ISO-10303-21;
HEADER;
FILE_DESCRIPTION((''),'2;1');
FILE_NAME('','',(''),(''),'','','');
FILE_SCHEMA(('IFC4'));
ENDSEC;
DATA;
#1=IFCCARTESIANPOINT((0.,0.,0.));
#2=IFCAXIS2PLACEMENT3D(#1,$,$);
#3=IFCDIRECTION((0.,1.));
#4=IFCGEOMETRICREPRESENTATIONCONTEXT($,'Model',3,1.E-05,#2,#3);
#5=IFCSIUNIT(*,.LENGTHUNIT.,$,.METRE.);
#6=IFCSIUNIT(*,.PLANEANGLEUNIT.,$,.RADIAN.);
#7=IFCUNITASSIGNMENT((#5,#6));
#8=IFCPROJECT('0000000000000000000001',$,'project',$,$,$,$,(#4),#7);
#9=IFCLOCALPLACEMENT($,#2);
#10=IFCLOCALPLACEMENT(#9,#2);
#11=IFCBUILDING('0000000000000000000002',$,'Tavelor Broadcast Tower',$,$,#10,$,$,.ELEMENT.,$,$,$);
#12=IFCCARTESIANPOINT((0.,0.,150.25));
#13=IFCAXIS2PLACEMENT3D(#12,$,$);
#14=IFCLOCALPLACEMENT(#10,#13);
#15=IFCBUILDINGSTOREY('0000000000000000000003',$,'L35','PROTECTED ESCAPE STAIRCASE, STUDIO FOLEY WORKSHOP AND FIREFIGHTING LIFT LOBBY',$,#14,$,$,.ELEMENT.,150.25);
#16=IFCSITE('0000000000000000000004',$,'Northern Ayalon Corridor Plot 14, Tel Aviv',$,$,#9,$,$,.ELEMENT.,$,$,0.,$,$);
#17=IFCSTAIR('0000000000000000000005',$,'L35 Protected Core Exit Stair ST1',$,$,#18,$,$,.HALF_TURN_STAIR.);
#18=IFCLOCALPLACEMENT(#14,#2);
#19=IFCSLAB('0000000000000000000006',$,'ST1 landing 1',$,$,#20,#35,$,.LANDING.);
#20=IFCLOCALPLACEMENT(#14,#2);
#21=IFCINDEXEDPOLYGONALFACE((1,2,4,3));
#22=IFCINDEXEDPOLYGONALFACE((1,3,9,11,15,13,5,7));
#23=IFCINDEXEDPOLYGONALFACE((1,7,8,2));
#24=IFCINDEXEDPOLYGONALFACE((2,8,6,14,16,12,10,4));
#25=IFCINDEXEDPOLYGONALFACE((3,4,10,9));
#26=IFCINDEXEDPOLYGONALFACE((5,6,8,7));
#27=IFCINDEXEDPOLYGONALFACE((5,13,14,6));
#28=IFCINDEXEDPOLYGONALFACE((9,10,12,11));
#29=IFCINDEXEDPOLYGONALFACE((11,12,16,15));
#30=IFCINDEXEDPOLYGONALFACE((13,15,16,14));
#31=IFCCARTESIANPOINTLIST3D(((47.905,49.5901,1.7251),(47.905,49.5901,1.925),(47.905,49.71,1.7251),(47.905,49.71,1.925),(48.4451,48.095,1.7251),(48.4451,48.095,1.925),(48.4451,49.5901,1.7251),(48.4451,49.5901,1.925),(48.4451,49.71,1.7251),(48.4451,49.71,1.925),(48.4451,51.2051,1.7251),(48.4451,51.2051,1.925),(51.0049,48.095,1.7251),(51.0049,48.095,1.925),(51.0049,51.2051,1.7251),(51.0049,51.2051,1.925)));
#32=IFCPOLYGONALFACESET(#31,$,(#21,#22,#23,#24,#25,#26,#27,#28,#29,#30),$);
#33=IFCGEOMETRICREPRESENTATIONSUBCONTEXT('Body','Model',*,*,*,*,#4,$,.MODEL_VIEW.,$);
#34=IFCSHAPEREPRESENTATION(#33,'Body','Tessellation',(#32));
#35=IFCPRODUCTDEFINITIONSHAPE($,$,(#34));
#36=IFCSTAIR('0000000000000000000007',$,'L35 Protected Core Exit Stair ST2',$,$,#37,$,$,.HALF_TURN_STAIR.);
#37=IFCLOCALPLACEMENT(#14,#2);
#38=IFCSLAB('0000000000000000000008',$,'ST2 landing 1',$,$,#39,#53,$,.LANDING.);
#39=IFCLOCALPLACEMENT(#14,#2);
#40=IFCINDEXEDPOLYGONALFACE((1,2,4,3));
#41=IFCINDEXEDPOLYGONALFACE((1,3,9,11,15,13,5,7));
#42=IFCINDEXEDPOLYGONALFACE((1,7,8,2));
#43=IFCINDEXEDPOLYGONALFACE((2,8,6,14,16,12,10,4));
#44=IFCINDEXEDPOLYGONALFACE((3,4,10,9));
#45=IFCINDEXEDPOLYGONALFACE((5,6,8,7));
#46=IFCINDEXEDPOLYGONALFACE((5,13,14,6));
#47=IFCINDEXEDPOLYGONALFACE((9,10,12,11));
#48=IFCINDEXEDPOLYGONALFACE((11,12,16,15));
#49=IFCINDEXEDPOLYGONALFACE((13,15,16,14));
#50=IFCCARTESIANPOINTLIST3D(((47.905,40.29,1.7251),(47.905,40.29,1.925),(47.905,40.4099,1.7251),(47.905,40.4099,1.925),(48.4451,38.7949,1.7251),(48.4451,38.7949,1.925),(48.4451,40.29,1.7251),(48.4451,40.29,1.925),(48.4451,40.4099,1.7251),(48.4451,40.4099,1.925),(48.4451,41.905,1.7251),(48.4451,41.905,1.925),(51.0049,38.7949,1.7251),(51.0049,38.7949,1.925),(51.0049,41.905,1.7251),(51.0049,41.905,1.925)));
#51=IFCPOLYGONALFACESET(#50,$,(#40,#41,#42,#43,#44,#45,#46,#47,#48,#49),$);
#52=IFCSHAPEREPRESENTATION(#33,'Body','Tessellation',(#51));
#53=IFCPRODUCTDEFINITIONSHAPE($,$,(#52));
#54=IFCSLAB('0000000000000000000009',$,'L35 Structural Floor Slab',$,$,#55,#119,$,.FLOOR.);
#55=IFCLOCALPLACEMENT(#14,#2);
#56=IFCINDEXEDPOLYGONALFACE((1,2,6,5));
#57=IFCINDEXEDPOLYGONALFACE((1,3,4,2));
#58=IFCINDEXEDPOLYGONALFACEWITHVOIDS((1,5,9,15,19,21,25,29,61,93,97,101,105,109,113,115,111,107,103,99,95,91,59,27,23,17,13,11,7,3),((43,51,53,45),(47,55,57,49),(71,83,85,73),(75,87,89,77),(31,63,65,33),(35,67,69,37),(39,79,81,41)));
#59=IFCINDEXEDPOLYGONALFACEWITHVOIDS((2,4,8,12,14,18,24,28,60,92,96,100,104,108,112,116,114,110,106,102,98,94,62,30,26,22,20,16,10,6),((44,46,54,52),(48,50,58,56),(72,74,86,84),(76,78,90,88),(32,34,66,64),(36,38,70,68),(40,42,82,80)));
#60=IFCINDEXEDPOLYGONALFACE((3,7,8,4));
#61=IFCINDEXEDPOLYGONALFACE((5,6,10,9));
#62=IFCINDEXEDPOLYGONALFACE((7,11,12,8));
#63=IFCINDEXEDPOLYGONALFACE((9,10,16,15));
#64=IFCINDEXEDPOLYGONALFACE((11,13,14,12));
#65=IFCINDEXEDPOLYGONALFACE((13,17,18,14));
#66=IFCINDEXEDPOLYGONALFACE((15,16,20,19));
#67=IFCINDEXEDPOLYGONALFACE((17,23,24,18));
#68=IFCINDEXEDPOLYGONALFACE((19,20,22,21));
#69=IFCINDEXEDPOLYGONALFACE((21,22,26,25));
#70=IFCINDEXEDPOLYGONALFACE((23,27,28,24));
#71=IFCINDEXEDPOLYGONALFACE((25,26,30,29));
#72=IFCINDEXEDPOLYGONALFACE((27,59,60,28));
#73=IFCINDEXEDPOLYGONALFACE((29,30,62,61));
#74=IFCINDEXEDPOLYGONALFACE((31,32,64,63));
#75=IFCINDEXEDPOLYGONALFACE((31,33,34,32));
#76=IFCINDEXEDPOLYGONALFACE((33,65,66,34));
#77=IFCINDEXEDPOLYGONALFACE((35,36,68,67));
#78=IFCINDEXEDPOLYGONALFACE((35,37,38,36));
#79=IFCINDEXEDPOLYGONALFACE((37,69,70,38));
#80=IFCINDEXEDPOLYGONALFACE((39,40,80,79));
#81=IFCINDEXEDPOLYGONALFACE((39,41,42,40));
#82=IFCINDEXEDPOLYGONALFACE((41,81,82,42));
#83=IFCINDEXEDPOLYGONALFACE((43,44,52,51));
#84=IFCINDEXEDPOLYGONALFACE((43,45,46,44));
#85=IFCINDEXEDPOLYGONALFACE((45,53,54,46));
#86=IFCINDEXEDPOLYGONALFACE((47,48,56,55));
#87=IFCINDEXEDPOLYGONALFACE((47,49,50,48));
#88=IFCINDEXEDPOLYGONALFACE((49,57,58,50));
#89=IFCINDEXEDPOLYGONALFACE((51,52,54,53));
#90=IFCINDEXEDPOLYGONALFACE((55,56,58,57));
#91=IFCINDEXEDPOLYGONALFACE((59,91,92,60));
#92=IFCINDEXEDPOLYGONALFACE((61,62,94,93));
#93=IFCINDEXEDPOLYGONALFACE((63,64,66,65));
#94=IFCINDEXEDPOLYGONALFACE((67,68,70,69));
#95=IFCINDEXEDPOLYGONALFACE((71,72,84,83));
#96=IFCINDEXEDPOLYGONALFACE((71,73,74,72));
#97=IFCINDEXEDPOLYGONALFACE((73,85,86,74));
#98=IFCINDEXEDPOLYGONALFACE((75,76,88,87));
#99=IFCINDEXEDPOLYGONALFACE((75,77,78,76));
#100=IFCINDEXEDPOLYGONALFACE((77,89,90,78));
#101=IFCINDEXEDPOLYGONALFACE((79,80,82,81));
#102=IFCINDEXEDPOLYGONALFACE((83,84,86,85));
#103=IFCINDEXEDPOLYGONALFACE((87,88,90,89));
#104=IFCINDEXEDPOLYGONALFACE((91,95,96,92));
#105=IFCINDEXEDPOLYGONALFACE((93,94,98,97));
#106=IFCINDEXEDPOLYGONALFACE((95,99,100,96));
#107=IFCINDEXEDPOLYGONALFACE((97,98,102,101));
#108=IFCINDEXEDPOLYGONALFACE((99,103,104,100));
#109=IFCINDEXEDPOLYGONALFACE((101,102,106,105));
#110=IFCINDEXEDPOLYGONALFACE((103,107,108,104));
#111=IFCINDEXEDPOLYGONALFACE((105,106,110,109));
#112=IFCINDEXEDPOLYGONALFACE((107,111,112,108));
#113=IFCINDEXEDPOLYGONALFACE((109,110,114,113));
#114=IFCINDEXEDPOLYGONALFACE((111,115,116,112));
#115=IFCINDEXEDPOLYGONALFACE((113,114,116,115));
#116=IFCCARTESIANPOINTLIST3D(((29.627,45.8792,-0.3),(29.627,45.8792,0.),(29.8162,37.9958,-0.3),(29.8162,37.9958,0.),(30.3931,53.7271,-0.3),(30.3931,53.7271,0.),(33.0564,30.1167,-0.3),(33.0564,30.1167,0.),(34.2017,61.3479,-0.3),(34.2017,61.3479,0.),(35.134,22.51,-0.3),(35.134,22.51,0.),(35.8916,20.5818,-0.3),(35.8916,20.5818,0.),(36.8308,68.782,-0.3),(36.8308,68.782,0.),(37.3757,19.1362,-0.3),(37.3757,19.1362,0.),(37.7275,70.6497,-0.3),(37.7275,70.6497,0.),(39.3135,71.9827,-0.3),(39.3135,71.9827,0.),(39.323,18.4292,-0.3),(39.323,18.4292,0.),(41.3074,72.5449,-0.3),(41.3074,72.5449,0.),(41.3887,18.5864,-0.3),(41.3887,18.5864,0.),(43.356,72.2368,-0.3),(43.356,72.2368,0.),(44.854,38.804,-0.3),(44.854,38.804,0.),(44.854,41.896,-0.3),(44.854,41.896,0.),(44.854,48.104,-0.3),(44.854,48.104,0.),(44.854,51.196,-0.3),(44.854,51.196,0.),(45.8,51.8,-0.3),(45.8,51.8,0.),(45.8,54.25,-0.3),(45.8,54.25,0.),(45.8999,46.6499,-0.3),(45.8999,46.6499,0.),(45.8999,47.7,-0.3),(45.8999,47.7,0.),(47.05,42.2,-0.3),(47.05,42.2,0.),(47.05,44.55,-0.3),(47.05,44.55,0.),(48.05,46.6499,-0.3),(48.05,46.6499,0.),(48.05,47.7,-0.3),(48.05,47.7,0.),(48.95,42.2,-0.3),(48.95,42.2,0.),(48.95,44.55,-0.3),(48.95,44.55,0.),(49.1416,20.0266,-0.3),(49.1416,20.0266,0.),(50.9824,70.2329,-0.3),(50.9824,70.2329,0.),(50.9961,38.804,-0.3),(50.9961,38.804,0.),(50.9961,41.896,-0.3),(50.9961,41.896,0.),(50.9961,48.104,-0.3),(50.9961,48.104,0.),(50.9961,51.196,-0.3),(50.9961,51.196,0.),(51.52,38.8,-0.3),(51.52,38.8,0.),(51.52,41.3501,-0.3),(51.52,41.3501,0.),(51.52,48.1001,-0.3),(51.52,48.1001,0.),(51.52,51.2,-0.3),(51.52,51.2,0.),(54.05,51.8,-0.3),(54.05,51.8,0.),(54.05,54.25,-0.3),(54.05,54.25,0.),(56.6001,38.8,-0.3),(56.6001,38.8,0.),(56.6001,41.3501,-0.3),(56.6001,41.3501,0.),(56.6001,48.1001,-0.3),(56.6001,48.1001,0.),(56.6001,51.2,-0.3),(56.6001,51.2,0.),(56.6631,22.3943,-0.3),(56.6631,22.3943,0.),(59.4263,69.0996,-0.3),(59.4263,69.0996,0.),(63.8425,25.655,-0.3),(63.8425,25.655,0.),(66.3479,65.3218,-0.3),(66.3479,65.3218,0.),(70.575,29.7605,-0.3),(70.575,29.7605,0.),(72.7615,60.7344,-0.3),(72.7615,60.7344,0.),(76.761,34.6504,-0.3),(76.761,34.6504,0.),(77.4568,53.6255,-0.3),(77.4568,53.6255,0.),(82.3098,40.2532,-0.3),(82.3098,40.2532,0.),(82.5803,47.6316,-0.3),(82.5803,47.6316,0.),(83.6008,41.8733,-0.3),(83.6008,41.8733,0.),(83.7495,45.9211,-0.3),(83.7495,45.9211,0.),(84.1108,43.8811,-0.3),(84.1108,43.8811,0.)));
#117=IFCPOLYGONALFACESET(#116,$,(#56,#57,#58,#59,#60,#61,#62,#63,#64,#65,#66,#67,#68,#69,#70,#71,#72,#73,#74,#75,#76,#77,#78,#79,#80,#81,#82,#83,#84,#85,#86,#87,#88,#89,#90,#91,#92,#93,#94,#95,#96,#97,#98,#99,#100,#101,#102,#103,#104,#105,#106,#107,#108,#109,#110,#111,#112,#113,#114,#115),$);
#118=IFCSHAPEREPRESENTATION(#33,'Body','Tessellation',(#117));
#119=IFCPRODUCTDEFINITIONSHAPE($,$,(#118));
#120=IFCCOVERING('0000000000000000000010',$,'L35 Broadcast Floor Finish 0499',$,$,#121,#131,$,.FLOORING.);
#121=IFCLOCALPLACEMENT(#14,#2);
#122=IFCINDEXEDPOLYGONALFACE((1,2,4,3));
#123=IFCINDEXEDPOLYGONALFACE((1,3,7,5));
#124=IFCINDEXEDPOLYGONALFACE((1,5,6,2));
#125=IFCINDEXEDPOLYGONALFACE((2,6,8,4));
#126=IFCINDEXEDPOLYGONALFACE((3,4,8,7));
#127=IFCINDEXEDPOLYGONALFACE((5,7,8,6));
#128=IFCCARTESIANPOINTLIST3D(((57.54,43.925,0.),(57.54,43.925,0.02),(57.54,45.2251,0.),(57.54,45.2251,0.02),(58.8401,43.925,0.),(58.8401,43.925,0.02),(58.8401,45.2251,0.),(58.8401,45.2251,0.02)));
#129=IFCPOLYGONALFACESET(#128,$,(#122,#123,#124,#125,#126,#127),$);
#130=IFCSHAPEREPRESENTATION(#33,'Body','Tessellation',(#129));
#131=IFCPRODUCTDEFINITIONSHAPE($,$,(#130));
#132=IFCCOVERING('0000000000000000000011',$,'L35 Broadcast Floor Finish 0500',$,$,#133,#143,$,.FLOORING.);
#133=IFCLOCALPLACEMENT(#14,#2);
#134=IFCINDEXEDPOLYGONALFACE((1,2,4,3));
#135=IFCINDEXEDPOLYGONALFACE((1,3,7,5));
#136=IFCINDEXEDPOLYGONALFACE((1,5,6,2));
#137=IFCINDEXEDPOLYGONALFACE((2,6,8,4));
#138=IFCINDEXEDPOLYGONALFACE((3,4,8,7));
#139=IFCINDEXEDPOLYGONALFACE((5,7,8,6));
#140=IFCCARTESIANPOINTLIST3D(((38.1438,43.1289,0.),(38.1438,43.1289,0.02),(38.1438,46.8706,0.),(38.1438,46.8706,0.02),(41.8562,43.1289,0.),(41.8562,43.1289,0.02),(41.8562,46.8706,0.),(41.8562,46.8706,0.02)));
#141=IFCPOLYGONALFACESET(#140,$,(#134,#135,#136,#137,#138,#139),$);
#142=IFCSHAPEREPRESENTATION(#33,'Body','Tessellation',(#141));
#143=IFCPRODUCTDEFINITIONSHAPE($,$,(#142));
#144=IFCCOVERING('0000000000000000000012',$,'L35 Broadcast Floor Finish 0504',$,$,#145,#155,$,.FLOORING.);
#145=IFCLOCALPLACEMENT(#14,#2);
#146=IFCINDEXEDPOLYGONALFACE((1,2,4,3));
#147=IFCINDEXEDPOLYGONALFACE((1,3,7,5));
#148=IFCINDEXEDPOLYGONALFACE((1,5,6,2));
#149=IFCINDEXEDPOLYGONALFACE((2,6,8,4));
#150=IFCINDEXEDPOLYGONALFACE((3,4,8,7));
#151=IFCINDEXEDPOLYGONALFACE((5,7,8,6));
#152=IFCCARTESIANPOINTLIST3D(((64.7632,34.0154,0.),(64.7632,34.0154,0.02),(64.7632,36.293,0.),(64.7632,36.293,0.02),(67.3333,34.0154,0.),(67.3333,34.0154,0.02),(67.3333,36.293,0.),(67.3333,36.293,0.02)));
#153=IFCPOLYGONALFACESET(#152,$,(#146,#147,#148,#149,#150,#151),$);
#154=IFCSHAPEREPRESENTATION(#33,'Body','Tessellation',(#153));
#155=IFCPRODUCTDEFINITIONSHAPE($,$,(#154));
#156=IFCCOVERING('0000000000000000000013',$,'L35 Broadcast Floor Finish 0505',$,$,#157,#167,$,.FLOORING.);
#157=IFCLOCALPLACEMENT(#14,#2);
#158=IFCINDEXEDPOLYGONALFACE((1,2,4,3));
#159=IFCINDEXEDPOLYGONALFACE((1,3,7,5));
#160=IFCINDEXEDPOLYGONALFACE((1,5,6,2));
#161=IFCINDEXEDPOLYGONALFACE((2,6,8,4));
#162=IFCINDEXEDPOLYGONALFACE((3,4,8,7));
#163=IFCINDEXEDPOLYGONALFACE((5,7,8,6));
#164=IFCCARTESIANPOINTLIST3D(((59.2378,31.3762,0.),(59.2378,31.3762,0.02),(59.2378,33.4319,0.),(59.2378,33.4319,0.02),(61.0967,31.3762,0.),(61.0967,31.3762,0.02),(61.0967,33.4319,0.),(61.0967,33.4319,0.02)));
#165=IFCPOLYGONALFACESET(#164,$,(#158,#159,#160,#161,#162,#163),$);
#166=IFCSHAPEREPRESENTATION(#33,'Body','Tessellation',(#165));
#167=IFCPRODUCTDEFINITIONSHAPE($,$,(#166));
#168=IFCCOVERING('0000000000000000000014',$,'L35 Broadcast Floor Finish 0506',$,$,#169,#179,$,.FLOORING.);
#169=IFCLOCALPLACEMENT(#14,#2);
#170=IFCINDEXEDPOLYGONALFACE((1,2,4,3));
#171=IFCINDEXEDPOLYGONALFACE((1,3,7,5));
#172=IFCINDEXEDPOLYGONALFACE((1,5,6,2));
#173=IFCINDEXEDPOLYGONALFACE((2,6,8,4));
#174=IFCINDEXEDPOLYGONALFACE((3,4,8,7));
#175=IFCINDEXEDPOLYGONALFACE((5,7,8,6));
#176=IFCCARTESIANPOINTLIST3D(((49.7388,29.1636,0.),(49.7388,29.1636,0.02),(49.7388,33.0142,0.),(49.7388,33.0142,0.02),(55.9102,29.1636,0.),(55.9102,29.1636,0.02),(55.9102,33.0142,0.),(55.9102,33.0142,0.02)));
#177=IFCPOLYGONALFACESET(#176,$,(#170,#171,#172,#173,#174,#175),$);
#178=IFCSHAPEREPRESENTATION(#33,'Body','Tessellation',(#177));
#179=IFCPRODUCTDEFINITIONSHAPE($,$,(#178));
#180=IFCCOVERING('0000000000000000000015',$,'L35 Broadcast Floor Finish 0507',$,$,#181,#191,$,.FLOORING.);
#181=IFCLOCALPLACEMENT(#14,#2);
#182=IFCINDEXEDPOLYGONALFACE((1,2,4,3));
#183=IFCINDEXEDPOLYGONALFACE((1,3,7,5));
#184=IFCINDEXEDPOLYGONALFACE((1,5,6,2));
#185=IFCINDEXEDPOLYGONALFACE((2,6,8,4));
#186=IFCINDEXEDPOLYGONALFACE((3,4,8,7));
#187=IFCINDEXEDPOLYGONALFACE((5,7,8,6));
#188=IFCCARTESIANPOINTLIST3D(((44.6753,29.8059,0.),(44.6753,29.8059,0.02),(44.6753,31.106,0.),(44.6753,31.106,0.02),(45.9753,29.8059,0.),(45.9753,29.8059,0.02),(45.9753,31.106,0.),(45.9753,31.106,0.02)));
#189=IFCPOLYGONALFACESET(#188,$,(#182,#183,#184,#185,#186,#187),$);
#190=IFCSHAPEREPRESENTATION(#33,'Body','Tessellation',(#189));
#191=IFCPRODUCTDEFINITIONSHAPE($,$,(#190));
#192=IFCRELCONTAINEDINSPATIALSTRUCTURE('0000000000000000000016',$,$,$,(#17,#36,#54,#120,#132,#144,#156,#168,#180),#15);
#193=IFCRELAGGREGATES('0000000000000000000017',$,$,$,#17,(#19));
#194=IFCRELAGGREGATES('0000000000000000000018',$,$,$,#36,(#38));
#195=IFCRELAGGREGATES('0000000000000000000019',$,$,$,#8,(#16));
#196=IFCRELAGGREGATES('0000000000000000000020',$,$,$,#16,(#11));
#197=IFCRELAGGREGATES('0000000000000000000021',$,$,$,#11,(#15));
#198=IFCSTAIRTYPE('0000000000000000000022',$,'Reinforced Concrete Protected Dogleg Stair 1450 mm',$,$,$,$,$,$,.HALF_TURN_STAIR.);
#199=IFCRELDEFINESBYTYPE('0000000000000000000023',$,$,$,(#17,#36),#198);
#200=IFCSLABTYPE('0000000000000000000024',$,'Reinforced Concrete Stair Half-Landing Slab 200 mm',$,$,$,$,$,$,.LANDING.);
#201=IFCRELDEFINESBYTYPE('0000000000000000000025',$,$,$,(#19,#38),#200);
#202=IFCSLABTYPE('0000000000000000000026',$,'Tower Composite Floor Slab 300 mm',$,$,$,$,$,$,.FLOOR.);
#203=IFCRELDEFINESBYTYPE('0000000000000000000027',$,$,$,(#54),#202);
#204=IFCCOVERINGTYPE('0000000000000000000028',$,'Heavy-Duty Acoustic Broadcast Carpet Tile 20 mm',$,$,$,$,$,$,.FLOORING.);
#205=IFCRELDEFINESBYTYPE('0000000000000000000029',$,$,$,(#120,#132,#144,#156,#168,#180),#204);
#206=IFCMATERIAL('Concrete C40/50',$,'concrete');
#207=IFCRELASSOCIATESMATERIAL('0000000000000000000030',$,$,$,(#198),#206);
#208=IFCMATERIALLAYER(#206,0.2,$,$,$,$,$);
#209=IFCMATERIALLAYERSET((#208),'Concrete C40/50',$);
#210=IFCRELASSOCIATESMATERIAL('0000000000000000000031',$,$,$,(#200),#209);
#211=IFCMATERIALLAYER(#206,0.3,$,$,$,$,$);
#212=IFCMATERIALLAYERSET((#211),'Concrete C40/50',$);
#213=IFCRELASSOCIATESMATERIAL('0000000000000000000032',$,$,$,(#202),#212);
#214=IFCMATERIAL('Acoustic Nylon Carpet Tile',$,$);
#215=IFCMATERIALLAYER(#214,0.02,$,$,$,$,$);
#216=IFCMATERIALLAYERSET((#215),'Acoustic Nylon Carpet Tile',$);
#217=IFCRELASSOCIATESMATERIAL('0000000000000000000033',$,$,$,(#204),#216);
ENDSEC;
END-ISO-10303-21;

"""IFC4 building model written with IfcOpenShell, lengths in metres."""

from ifc_helpers import new_model, si_unit, direction, frame, origin, place, context, subcontext, project, spatial, polyline, outline, extrude, material, layer, layer_set, type_object, element, aggregate, save


model = new_model("IFC4")

# Units and contexts
model_context = context("Model", 3, precision=1e-05, world=origin(), true_north=direction((0.0, 1.0)))
body_context = subcontext(model_context, "Body", "Model", "MODEL_VIEW")
ifc_project = project(units=[si_unit("LENGTHUNIT", "METRE"), si_unit("PLANEANGLEUNIT", "RADIAN")], contexts=[model_context])

# Site, building, storey
site_placement = place(None, origin())
site = spatial("IfcSite", under=ifc_project, at=site_placement, Name="Northern Ayalon Corridor Plot 14, Tel Aviv", CompositionType="ELEMENT", RefElevation=0.0)
building_placement = place(site_placement, origin())
building = spatial("IfcBuilding", under=site, at=building_placement, Name="Tavelor Broadcast Tower", CompositionType="ELEMENT")
storey_placement = place(building_placement, frame((0.0, 0.0, 150.25)))
storey = spatial("IfcBuildingStorey", under=building, at=storey_placement, Name="L35", Description="PROTECTED ESCAPE STAIRCASE, STUDIO FOLEY WORKSHOP AND FIREFIGHTING LIFT LOBBY", CompositionType="ELEMENT", Elevation=150.25)

# Stairs, slabs
ifc_material_1 = material(Name="Concrete C40/50", Category="concrete")
stair_type = type_object("IfcStairType", Name="Reinforced Concrete Protected Dogleg Stair 1450 mm", PredefinedType="HALF_TURN_STAIR", material=ifc_material_1)
stair_1_placement = place(storey_placement, origin())
stair_1 = element("IfcStair", 1, at=stair_1_placement, inside=storey, type_object=stair_type, Name="L35 Protected Core Exit Stair ST1", PredefinedType="HALF_TURN_STAIR")
ifc_layer_1 = layer(ifc_material_1, 0.2)
ifc_layer_set_1 = layer_set([ifc_layer_1], Name="Concrete C40/50")
slab_type_1 = type_object("IfcSlabType", Name="Reinforced Concrete Stair Half-Landing Slab 200 mm", PredefinedType="LANDING", material=ifc_layer_set_1)
slab_1_placement = place(storey_placement, frame((0.0, 0.0, 1.7251)))
slab_1 = element("IfcSlab", 2, at=slab_1_placement, type_object=slab_type_1, Name="ST1 landing 1", PredefinedType="LANDING", context=body_context, shape_type="SweptSolid", body=[
    extrude(outline(polyline([(48.4451, 49.5901), (48.4451, 48.095), (51.0049, 48.095), (51.0049, 51.2051), (48.4451, 51.2051), (48.4451, 49.71), (47.905, 49.71), (47.905, 49.5901), (48.4451, 49.5901)])), origin(), (0.0, 0.0, 1.0), 0.2),
])
aggregate(stair_1, [slab_1])
stair_2_placement = place(storey_placement, origin())
stair_2 = element("IfcStair", 3, at=stair_2_placement, inside=storey, type_object=stair_type, Name="L35 Protected Core Exit Stair ST2", PredefinedType="HALF_TURN_STAIR")
slab_2_placement = place(storey_placement, frame((0.0, 0.0, 1.7251)))
slab_2 = element("IfcSlab", 4, at=slab_2_placement, type_object=slab_type_1, Name="ST2 landing 1", PredefinedType="LANDING", context=body_context, shape_type="SweptSolid", body=[
    extrude(outline(polyline([(48.4451, 40.29), (48.4451, 38.7949), (51.0049, 38.7949), (51.0049, 41.905), (48.4451, 41.905), (48.4451, 40.4099), (47.905, 40.4099), (47.905, 40.29), (48.4451, 40.29)])), origin(), (0.0, 0.0, 1.0), 0.2),
])
aggregate(stair_2, [slab_2])

# Slab
ifc_layer_2 = layer(ifc_material_1, 0.3)
ifc_layer_set_2 = layer_set([ifc_layer_2], Name="Concrete C40/50")
slab_type_2 = type_object("IfcSlabType", Name="Tower Composite Floor Slab 300 mm", PredefinedType="FLOOR", material=ifc_layer_set_2)
slab_3_placement = place(storey_placement, frame((0.0, 0.0, -0.3)))
element("IfcSlab", 5, at=slab_3_placement, inside=storey, type_object=slab_type_2, Name="L35 Structural Floor Slab", PredefinedType="FLOOR", context=body_context, shape_type="SweptSolid", body=[
    extrude(outline(polyline([(43.356, 72.2368), (41.3074, 72.5449), (39.3135, 71.9827), (37.7275, 70.6497), (36.8308, 68.782), (34.2017, 61.3479), (30.3931, 53.7271), (29.627, 45.8792), (29.8162, 37.9958), (33.0564, 30.1167), (35.134, 22.51), (35.8916, 20.5818), (37.3757, 19.1362), (39.323, 18.4292), (41.3887, 18.5864), (49.1416, 20.0266), (56.6631, 22.3943), (63.8425, 25.655), (70.575, 29.7605), (76.761, 34.6504), (82.3098, 40.2532), (83.6008, 41.8733), (84.1108, 43.8811), (83.7495, 45.9211), (82.5803, 47.6316), (77.4568, 53.6255), (72.7615, 60.7344), (66.3479, 65.3218), (59.4263, 69.0996), (50.9824, 70.2329), (43.356, 72.2368)]), holes=[polyline([(56.6001, 41.3501), (56.6001, 38.8), (51.52, 38.8), (51.52, 41.3501), (56.6001, 41.3501)]), polyline([(50.9961, 38.804), (44.854, 38.804), (44.854, 41.896), (50.9961, 41.896), (50.9961, 38.804)]), polyline([(47.05, 42.2), (47.05, 44.55), (48.95, 44.55), (48.95, 42.2), (47.05, 42.2)]), polyline([(48.05, 46.6499), (45.8999, 46.6499), (45.8999, 47.7), (48.05, 47.7), (48.05, 46.6499)]), polyline([(50.9961, 48.104), (44.854, 48.104), (44.854, 51.196), (50.9961, 51.196), (50.9961, 48.104)]), polyline([(56.6001, 48.1001), (51.52, 48.1001), (51.52, 51.2), (56.6001, 51.2), (56.6001, 48.1001)]), polyline([(54.05, 51.8), (45.8, 51.8), (45.8, 54.25), (54.05, 54.25), (54.05, 51.8)])]), origin(), (0.0, 0.0, 1.0), 0.3),
])

# Coverings
ifc_material_2 = material(Name="Acoustic Nylon Carpet Tile")
ifc_layer_3 = layer(ifc_material_2, 0.02)
ifc_layer_set_3 = layer_set([ifc_layer_3], Name="Acoustic Nylon Carpet Tile")
covering_type_1 = type_object("IfcCoveringType", Name="Heavy-Duty Acoustic Broadcast Carpet Tile 20 mm", PredefinedType="FLOORING", material=ifc_layer_set_3)
covering_1_placement = place(storey_placement, origin())
element("IfcCovering", 6, at=covering_1_placement, inside=storey, type_object=covering_type_1, Name="L35 Broadcast Floor Finish 0499", PredefinedType="FLOORING", context=body_context, shape_type="SweptSolid", body=[
    extrude(outline(polyline([(57.54, 43.925), (58.8401, 43.925), (58.8401, 45.2251), (57.54, 45.2251), (57.54, 43.925)])), origin(), (0.0, 0.0, 1.0), 0.02),
])
covering_2_placement = place(storey_placement, origin())
element("IfcCovering", 7, at=covering_2_placement, inside=storey, type_object=covering_type_1, Name="L35 Broadcast Floor Finish 0500", PredefinedType="FLOORING", context=body_context, shape_type="SweptSolid", body=[
    extrude(outline(polyline([(38.1438, 43.1289), (41.8562, 43.1289), (41.8562, 46.8706), (38.1438, 46.8706), (38.1438, 43.1289)])), origin(), (0.0, 0.0, 1.0), 0.02),
])
covering_3_placement = place(storey_placement, origin())
element("IfcCovering", 8, at=covering_3_placement, inside=storey, type_object=covering_type_1, Name="L35 Broadcast Floor Finish 0504", PredefinedType="FLOORING", context=body_context, shape_type="SweptSolid", body=[
    extrude(outline(polyline([(64.7632, 34.0154), (67.3333, 34.0154), (67.3333, 36.293), (64.7632, 36.293), (64.7632, 34.0154)])), origin(), (0.0, 0.0, 1.0), 0.02),
])
covering_4_placement = place(storey_placement, origin())
element("IfcCovering", 9, at=covering_4_placement, inside=storey, type_object=covering_type_1, Name="L35 Broadcast Floor Finish 0505", PredefinedType="FLOORING", context=body_context, shape_type="SweptSolid", body=[
    extrude(outline(polyline([(59.2378, 31.3762), (61.0967, 31.3762), (61.0967, 33.4319), (59.2378, 33.4319), (59.2378, 31.3762)])), origin(), (0.0, 0.0, 1.0), 0.02),
])
covering_5_placement = place(storey_placement, origin())
element("IfcCovering", 10, at=covering_5_placement, inside=storey, type_object=covering_type_1, Name="L35 Broadcast Floor Finish 0506", PredefinedType="FLOORING", context=body_context, shape_type="SweptSolid", body=[
    extrude(outline(polyline([(49.7388, 29.1636), (55.9102, 29.1636), (55.9102, 33.0142), (49.7388, 33.0142), (49.7388, 29.1636)])), origin(), (0.0, 0.0, 1.0), 0.02),
])
covering_6_placement = place(storey_placement, origin())
element("IfcCovering", 11, at=covering_6_placement, inside=storey, type_object=covering_type_1, Name="L35 Broadcast Floor Finish 0507", PredefinedType="FLOORING", context=body_context, shape_type="SweptSolid", body=[
    extrude(outline(polyline([(44.6753, 29.8059), (45.9753, 29.8059), (45.9753, 31.106), (44.6753, 31.106), (44.6753, 29.8059)])), origin(), (0.0, 0.0, 1.0), 0.02),
])

save(model, "model.ifc")
